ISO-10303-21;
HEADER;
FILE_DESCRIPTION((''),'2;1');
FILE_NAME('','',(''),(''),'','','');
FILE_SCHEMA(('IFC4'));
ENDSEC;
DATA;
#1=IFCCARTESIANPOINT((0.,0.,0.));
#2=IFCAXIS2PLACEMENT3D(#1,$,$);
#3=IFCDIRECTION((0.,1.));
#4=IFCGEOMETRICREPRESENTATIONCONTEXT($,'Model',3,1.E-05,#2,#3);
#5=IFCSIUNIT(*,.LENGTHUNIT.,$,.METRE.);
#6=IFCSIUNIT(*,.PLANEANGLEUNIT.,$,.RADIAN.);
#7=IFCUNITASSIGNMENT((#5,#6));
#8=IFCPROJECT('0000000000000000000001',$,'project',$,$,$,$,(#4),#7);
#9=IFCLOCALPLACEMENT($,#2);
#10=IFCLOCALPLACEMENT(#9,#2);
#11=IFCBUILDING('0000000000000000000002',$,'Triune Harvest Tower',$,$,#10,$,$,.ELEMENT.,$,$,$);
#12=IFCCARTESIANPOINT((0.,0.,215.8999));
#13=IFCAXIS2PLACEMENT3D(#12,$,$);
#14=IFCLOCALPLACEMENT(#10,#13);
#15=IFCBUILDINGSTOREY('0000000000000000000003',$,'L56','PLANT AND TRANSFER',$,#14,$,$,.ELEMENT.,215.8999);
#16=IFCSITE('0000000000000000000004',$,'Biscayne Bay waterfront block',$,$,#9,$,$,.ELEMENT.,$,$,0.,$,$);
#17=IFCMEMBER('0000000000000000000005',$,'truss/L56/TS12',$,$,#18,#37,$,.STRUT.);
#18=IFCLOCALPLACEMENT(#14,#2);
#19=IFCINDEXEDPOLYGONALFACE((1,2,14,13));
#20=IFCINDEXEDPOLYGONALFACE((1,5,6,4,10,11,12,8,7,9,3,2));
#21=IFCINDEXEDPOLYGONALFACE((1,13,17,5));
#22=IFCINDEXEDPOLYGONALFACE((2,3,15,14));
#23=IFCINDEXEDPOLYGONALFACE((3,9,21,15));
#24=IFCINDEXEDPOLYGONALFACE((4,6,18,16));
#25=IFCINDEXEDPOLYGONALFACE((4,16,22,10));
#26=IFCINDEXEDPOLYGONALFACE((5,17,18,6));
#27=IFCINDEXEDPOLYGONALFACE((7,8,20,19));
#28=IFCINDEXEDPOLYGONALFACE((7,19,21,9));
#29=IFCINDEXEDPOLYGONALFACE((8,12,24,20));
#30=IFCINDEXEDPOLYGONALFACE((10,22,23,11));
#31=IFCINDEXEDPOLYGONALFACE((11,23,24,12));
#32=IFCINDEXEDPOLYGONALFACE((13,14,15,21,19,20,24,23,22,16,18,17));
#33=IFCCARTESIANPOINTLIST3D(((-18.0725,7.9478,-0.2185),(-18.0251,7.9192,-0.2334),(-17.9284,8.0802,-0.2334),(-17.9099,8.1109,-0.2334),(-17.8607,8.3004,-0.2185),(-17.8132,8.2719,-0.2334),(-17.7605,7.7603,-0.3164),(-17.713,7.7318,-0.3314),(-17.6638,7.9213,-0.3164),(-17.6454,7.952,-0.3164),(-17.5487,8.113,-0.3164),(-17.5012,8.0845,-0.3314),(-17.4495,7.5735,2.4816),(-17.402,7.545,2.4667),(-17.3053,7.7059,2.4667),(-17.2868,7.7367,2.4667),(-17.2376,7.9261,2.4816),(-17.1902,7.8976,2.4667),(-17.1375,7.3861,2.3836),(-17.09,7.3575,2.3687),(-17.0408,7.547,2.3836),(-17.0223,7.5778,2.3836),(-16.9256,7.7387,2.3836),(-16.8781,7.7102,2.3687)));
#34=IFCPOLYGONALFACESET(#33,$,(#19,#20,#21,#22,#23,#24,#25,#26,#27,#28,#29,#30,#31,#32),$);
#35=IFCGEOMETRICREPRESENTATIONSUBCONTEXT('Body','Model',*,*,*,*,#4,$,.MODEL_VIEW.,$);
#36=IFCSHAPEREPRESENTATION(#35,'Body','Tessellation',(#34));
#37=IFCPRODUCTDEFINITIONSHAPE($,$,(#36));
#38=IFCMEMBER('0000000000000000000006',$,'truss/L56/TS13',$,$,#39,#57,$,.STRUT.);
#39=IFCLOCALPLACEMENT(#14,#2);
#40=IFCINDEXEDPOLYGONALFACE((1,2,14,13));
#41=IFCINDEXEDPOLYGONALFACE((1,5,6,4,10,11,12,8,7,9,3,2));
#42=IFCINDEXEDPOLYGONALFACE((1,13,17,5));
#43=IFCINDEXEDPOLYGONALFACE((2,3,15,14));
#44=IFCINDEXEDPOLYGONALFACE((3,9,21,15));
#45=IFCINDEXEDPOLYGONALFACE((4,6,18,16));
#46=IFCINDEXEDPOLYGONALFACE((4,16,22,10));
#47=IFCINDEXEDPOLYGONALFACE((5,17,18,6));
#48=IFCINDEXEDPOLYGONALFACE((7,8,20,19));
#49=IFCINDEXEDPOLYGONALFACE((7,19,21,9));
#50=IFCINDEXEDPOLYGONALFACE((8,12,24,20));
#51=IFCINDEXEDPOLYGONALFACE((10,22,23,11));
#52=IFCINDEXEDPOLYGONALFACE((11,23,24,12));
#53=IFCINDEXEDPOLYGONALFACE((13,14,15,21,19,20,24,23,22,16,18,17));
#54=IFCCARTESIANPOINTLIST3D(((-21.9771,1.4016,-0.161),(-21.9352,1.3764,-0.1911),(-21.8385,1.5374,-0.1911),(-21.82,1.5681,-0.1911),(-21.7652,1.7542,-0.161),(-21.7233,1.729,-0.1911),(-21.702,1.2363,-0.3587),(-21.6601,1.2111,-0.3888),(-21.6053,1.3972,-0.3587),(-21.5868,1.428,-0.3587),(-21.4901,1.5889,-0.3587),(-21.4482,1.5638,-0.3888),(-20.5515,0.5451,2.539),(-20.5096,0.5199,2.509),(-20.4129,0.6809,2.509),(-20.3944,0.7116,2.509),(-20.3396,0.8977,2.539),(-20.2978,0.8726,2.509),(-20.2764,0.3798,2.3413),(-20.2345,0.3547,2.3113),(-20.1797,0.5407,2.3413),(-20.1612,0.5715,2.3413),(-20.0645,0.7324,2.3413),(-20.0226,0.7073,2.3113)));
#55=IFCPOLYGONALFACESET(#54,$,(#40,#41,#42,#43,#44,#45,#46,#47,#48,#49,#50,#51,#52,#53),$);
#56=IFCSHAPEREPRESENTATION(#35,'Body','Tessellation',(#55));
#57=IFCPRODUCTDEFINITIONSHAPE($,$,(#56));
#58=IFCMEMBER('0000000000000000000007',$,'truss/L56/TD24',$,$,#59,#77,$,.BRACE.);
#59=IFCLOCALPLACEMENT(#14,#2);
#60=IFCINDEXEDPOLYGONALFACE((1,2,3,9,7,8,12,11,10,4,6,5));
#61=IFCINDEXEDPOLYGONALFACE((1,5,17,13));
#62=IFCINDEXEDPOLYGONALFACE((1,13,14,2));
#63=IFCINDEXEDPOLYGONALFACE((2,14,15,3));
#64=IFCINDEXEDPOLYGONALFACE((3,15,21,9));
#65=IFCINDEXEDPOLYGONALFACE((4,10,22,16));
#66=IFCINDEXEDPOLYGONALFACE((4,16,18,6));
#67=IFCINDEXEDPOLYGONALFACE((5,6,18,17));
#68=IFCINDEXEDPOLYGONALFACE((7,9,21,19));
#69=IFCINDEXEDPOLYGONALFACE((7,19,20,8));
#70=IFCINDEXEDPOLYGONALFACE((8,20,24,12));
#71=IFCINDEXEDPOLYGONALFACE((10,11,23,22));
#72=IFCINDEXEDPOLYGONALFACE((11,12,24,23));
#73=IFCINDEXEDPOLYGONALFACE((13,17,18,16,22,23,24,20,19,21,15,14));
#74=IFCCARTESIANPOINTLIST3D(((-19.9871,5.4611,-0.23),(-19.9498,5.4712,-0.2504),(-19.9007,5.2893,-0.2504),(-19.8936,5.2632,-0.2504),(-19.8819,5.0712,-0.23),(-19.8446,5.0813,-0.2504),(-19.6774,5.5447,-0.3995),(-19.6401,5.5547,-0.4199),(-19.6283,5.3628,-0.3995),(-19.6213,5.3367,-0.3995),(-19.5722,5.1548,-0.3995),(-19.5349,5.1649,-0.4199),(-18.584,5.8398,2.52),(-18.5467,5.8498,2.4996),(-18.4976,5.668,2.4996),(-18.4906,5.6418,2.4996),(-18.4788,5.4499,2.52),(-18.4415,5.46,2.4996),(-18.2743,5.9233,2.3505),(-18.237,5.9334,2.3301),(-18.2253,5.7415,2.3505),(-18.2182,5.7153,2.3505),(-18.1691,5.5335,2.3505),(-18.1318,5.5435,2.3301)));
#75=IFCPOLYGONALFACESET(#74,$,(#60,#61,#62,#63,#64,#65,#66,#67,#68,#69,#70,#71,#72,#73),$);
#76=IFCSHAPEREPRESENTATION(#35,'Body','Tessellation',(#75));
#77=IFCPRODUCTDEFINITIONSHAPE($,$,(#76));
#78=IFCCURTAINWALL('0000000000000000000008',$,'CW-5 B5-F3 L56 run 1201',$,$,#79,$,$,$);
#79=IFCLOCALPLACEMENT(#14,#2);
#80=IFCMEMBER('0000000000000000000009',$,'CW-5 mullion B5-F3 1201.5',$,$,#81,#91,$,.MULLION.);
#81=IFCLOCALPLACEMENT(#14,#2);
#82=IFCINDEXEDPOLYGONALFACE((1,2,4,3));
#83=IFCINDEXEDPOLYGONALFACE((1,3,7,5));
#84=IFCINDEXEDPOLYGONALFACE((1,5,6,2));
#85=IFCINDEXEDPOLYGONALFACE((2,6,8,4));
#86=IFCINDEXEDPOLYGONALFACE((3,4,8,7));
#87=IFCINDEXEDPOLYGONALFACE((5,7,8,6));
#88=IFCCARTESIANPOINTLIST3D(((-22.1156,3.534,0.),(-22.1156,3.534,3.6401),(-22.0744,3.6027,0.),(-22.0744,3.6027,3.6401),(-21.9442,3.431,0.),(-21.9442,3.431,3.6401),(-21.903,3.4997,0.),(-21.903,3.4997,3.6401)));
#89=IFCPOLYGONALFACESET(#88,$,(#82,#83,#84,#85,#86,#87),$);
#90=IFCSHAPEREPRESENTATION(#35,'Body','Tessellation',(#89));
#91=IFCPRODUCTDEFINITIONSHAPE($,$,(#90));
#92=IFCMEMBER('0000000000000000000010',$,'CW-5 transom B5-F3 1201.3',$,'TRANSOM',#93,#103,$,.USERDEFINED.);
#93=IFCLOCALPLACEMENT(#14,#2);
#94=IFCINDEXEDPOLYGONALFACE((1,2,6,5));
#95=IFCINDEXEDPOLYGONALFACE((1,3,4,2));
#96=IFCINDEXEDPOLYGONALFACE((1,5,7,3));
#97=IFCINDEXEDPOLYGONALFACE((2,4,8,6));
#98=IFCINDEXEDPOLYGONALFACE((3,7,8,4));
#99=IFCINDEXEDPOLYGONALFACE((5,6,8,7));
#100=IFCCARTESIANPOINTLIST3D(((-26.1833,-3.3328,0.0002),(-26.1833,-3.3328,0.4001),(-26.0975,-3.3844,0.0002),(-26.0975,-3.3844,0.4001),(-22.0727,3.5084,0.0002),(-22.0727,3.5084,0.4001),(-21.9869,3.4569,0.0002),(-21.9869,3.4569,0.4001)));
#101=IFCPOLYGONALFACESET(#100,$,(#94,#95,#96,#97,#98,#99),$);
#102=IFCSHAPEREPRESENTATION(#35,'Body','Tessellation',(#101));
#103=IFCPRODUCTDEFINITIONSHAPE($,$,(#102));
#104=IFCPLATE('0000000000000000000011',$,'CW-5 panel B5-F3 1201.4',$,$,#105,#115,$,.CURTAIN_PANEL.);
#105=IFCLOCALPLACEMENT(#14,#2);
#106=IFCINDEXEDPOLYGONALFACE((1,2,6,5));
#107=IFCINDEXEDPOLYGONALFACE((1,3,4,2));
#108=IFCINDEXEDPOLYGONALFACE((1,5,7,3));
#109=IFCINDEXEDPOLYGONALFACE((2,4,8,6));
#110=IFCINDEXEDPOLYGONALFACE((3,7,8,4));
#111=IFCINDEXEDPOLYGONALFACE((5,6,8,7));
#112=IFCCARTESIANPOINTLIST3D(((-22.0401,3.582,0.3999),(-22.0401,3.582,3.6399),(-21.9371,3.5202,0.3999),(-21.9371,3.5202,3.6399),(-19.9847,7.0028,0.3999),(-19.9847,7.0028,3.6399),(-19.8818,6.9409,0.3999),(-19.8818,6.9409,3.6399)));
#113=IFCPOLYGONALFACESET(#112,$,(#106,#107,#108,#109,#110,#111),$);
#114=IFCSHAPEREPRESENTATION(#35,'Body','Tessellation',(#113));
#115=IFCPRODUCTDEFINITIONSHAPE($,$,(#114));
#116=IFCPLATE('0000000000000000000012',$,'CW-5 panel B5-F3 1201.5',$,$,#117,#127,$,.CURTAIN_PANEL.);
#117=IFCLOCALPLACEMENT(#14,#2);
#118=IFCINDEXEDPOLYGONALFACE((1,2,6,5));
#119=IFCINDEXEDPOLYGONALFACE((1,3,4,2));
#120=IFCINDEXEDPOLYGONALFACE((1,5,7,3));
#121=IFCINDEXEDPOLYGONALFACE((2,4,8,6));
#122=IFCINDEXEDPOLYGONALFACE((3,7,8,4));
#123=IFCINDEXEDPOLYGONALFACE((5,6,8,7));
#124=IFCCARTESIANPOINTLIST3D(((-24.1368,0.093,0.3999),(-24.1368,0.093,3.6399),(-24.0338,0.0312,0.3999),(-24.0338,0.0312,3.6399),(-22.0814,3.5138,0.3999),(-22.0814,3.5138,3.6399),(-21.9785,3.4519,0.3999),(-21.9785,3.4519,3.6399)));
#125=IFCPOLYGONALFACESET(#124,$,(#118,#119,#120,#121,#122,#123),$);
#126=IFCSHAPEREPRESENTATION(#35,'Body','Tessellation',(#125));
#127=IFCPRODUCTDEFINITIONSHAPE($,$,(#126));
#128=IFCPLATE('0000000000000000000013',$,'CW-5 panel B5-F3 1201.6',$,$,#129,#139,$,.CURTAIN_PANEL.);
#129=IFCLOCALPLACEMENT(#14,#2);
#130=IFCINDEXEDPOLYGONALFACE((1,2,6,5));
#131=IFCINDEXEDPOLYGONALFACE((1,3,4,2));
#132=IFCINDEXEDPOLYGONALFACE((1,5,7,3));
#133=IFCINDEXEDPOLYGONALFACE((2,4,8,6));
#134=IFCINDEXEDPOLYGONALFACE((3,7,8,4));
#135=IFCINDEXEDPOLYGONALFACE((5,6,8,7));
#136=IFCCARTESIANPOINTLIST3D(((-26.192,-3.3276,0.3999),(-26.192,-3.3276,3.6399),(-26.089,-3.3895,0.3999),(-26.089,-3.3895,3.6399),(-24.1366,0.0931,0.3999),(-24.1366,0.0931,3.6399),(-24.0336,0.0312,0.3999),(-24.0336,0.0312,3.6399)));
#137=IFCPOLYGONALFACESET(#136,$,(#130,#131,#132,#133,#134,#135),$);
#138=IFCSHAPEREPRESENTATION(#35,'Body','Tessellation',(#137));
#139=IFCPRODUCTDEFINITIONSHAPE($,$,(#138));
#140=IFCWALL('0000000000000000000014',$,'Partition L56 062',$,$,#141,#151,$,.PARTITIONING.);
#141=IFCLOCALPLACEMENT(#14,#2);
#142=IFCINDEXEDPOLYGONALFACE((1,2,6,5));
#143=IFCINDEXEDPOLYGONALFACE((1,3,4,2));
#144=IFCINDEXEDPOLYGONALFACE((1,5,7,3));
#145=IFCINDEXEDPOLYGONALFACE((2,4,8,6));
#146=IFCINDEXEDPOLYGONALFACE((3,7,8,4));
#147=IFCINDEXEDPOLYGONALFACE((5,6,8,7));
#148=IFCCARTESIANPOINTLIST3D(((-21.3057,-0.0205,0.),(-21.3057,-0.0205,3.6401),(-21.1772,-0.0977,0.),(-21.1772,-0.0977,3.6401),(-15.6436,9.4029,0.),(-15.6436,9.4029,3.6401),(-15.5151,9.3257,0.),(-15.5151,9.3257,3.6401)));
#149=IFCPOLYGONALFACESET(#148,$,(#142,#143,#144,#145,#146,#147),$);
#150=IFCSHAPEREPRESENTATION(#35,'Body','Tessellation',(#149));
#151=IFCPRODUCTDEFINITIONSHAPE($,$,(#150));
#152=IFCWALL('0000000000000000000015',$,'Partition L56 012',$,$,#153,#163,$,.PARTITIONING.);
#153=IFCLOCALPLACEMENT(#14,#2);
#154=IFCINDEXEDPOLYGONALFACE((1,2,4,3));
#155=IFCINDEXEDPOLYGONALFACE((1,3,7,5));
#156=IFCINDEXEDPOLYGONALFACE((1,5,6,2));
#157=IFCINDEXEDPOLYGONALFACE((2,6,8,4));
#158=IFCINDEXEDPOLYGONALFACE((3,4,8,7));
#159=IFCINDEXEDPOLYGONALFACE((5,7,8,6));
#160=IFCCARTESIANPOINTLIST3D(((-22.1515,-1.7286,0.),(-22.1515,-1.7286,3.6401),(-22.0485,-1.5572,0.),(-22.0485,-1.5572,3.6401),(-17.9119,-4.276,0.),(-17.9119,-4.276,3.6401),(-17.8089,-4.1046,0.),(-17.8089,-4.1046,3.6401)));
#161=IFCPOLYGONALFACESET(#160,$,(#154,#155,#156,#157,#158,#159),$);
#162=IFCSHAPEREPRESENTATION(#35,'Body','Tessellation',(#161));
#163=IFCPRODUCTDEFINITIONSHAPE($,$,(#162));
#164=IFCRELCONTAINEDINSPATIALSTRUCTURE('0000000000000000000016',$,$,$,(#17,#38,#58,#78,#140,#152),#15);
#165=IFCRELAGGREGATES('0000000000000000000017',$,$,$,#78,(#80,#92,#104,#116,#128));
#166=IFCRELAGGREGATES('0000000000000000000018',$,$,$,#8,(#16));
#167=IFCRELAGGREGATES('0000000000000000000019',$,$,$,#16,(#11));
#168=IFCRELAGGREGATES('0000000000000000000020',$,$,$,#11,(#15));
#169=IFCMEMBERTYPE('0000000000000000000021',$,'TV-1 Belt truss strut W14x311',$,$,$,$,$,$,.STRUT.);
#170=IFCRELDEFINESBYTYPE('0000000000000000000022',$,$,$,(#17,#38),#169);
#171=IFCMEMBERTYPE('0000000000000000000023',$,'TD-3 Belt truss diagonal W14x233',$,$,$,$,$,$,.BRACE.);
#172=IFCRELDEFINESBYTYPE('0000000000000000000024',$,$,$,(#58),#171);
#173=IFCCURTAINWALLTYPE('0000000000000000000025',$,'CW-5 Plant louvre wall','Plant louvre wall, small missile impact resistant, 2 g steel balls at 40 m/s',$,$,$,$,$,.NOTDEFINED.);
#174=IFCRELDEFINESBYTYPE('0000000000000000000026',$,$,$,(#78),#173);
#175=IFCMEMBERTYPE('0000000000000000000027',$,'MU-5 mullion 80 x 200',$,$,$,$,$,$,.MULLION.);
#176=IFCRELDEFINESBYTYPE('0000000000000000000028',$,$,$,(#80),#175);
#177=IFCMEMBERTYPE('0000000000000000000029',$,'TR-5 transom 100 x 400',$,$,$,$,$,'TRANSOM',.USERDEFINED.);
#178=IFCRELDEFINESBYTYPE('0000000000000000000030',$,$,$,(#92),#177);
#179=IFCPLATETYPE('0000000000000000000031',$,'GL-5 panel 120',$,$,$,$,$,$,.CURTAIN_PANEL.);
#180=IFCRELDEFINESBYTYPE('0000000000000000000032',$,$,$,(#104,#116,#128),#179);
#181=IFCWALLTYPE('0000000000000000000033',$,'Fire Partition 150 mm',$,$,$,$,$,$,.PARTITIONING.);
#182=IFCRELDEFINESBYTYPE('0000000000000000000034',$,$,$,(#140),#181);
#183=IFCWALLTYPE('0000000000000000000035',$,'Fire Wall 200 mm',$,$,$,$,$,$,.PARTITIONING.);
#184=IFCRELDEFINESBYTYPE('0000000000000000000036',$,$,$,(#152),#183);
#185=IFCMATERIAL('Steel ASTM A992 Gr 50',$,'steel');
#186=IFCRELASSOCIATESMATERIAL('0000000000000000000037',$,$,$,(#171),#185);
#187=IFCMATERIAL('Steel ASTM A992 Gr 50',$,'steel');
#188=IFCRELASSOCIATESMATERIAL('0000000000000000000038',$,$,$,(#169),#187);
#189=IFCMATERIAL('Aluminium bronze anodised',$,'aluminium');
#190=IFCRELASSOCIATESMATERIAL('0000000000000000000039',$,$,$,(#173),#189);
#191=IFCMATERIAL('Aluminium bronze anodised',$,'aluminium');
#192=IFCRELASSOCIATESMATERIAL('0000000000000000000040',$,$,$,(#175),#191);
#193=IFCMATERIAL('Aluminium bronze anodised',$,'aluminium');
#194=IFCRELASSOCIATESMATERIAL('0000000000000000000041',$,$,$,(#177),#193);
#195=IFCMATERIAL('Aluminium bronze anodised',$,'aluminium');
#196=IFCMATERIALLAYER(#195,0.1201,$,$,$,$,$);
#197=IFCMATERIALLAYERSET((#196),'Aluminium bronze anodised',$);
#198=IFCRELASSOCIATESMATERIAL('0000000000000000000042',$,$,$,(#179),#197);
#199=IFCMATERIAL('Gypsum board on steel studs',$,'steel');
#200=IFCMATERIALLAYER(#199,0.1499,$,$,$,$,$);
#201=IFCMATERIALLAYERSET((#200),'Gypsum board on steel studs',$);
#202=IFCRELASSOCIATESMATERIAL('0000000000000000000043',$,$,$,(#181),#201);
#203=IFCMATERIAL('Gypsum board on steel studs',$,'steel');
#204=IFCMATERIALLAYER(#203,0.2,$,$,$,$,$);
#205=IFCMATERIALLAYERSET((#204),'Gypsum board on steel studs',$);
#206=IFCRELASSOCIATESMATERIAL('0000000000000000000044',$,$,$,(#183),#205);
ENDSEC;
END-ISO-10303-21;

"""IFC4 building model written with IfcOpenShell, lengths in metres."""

from ifc_helpers import new_model, si_unit, direction, frame, frame_2d, origin, origin_2d, place, context, subcontext, project, spatial, rectangle, i_section, extrude, source, transform, mapped, material, layer, layer_set, material_profile, profile_set, type_object, element, aggregate, save


model = new_model("IFC4")

# Units and contexts
model_context = context("Model", 3, precision=1e-05, world=origin(), true_north=direction((0.0, 1.0)))
body_context = subcontext(model_context, "Body", "Model", "MODEL_VIEW")
ifc_project = project(units=[si_unit("LENGTHUNIT", "METRE"), si_unit("PLANEANGLEUNIT", "RADIAN")], contexts=[model_context])

# Site, building, storey
site_placement = place(None, origin())
site = spatial("IfcSite", under=ifc_project, at=site_placement, Name="Biscayne Bay waterfront block", CompositionType="ELEMENT", RefElevation=0.0)
building_placement = place(site_placement, origin())
building = spatial("IfcBuilding", under=site, at=building_placement, Name="Triune Harvest Tower", CompositionType="ELEMENT")
storey_placement = place(building_placement, frame((0.0, 0.0, 215.8999)))
storey = spatial("IfcBuildingStorey", under=building, at=storey_placement, Name="L56", Description="PLANT AND TRANSFER", CompositionType="ELEMENT", Elevation=215.8999)

# Shared definitions
ifc_material_1 = material(Name="Steel ASTM A992 Gr 50", Category="steel")
ifc_material_profile_1 = material_profile(ifc_material_1, i_section(OverallWidth=0.4038, OverallDepth=0.4065, WebThickness=0.0271, FlangeThickness=0.0437, at=origin_2d()), Name="W14x233")
ifc_profile_set_1 = profile_set([ifc_material_profile_1], Name="Steel ASTM A992 Gr 50")
member_type_1 = type_object("IfcMemberType", Name="TD-3 Belt truss diagonal W14x233", PredefinedType="BRACE", material=ifc_profile_set_1)

# Members
ifc_material_2 = material(Name="Steel ASTM A992 Gr 50", Category="steel")
ifc_material_profile_2 = material_profile(ifc_material_2, i_section(OverallWidth=0.4114, OverallDepth=0.4343, WebThickness=0.0359, FlangeThickness=0.0574, at=origin_2d()), Name="W14x311")
ifc_profile_set_2 = profile_set([ifc_material_profile_2], Name="Steel ASTM A992 Gr 50")
member_type_2 = type_object("IfcMemberType", Name="TV-1 Belt truss strut W14x311", PredefinedType="STRUT", material=ifc_profile_set_2)
shared_shape_1 = source(origin(), body_context, "Body", "SweptSolid", [
    extrude(i_section(OverallWidth=0.4114, OverallDepth=0.4343, WebThickness=0.0359, FlangeThickness=0.0574, at=origin_2d()), origin(), (0.0, 0.0, 1.0), 2.7961),
])
member_1_placement = place(storey_placement, frame((-17.7869, 8.0161, -0.2749), z_axis=(0.22283, -0.133855, 0.965624), x_axis=(0.51494, 0.857226, 0.0)))
element("IfcMember", 1, at=member_1_placement, inside=storey, type_object=member_type_2, Name="truss/L56/TS12", PredefinedType="STRUT", context=body_context, shape_type="MappedRepresentation", body=[
    mapped(shared_shape_1, transform((0.0, 0.0, 0.0), scale=1.0)),
])
shared_shape_2 = source(origin(), body_context, "Body", "SweptSolid", [
    extrude(i_section(OverallWidth=0.4114, OverallDepth=0.4343, WebThickness=0.0359, FlangeThickness=0.0574, at=origin_2d()), origin(), (0.0, 0.0, 1.0), 3.1711),
])
member_2_placement = place(storey_placement, frame((-21.7126, 1.4827, -0.2749), z_axis=(0.449551, -0.270085, 0.851445), x_axis=(0.514992, 0.857195, 0.0)))
element("IfcMember", 2, at=member_2_placement, inside=storey, type_object=member_type_2, Name="truss/L56/TS13", PredefinedType="STRUT", context=body_context, shape_type="MappedRepresentation", body=[
    mapped(shared_shape_2, transform((0.0, 0.0, 0.0), scale=1.0)),
])
shared_shape_3 = source(origin(), body_context, "Body", "SweptSolid", [
    extrude(i_section(OverallWidth=0.4038, OverallDepth=0.4065, WebThickness=0.0271, FlangeThickness=0.0437, at=origin_2d()), origin(), (0.0, 0.0, 1.0), 3.1104),
])
member_3_placement = place(storey_placement, frame((-19.761, 5.313, -0.325), z_axis=(0.451094, 0.121741, 0.884134), x_axis=(-0.260558, 0.965458, 0.0)))
element("IfcMember", 3, at=member_3_placement, inside=storey, type_object=member_type_1, Name="truss/L56/TD24", PredefinedType="BRACE", context=body_context, shape_type="MappedRepresentation", body=[
    mapped(shared_shape_3, transform((0.0, 0.0, 0.0), scale=1.0)),
])

# Curtain wall, members, plates
ifc_material_3 = material(Name="Aluminium bronze anodised", Category="aluminium")
curtain_wall_type = type_object("IfcCurtainWallType", Name="CW-5 Plant louvre wall", Description="Plant louvre wall, small missile impact resistant, 2 g steel balls at 40 m/s", PredefinedType="NOTDEFINED", material=ifc_material_3)
curtain_wall_placement = place(storey_placement, origin())
curtain_wall = element("IfcCurtainWall", 4, at=curtain_wall_placement, inside=storey, type_object=curtain_wall_type, Name="CW-5 B5-F3 L56 run 1201")
ifc_material_4 = material(Name="Aluminium bronze anodised", Category="aluminium")
ifc_material_profile_3 = material_profile(ifc_material_4, rectangle(XDim=0.2, YDim=0.0801, at=origin_2d()), Name="MU-5 mullion 80 x 200")
ifc_profile_set_3 = profile_set([ifc_material_profile_3], Name="Aluminium bronze anodised")
member_type_3 = type_object("IfcMemberType", Name="MU-5 mullion 80 x 200", PredefinedType="MULLION", material=ifc_profile_set_3)
shared_shape_4 = source(origin(), body_context, "Body", "SweptSolid", [
    extrude(rectangle(XDim=0.2, YDim=0.0801, at=origin_2d()), origin(), (0.0, 0.0, 1.0), 3.6401),
])
member_4_placement = place(storey_placement, frame((-22.0093, 3.5168, 0.0), z_axis=(0.0, 0.0, 1.0), x_axis=(0.85717, -0.515034, 0.0)))
member_4 = element("IfcMember", 5, at=member_4_placement, type_object=member_type_3, Name="CW-5 mullion B5-F3 1201.5", PredefinedType="MULLION", context=body_context, shape_type="MappedRepresentation", body=[
    mapped(shared_shape_4, transform((0.0, 0.0, 0.0), scale=1.0)),
])
ifc_material_5 = material(Name="Aluminium bronze anodised", Category="aluminium")
ifc_material_profile_4 = material_profile(ifc_material_5, rectangle(XDim=0.1001, YDim=0.3999, at=origin_2d()), Name="TR-5 transom 100 x 400")
ifc_profile_set_4 = profile_set([ifc_material_profile_4], Name="Aluminium bronze anodised")
member_type_4 = type_object("IfcMemberType", Name="TR-5 transom 100 x 400", ElementType="TRANSOM", PredefinedType="USERDEFINED", material=ifc_profile_set_4)
shared_shape_5 = source(origin(), body_context, "Body", "SweptSolid", [
    extrude(rectangle(XDim=0.1001, YDim=0.3999, at=origin_2d()), origin(), (0.0, 0.0, 1.0), 7.9812),
])
member_5_placement = place(storey_placement, frame((-22.0298, 3.4827, 0.2002), z_axis=(-0.515031, -0.857172, 0.0), x_axis=(0.857172, -0.515031, 0.0)))
member_5 = element("IfcMember", 6, at=member_5_placement, type_object=member_type_4, Name="CW-5 transom B5-F3 1201.3", ObjectType="TRANSOM", PredefinedType="USERDEFINED", context=body_context, shape_type="MappedRepresentation", body=[
    mapped(shared_shape_5, transform((0.0, 0.0, 0.0), scale=1.0)),
])
ifc_material_6 = material(Name="Aluminium bronze anodised", Category="aluminium")
ifc_layer_1 = layer(ifc_material_6, 0.1201)
ifc_layer_set_1 = layer_set([ifc_layer_1], Name="Aluminium bronze anodised")
plate_type = type_object("IfcPlateType", Name="GL-5 panel 120", PredefinedType="CURTAIN_PANEL", material=ifc_layer_set_1)
shared_shape_6 = source(origin(), body_context, "Body", "SweptSolid", [
    extrude(rectangle(XDim=3.9907, YDim=0.1201, at=origin_2d()), origin(), (0.0, 0.0, 1.0), 3.24),
])
plate_1_placement = place(storey_placement, frame((-20.9609, 5.2615, 0.3999), z_axis=(0.0, 0.0, 1.0), x_axis=(-0.515034, -0.85717, 0.0)))
plate_1 = element("IfcPlate", 7, at=plate_1_placement, type_object=plate_type, Name="CW-5 panel B5-F3 1201.4", PredefinedType="CURTAIN_PANEL", context=body_context, shape_type="MappedRepresentation", body=[
    mapped(shared_shape_6, transform((0.0, 0.0, 0.0), scale=1.0)),
])
plate_2_placement = place(storey_placement, frame((-23.0576, 1.7725, 0.3999), z_axis=(0.0, 0.0, 1.0), x_axis=(-0.515034, -0.85717, 0.0)))
plate_2 = element("IfcPlate", 8, at=plate_2_placement, type_object=plate_type, Name="CW-5 panel B5-F3 1201.5", PredefinedType="CURTAIN_PANEL", context=body_context, shape_type="MappedRepresentation", body=[
    mapped(shared_shape_6, transform((0.0, 0.0, 0.0), scale=1.0)),
])
plate_3_placement = place(storey_placement, frame((-25.1128, -1.6482, 0.3999), z_axis=(0.0, 0.0, 1.0), x_axis=(-0.515034, -0.85717, 0.0)))
plate_3 = element("IfcPlate", 9, at=plate_3_placement, type_object=plate_type, Name="CW-5 panel B5-F3 1201.6", PredefinedType="CURTAIN_PANEL", context=body_context, shape_type="MappedRepresentation", body=[
    mapped(shared_shape_6, transform((0.0, 0.0, 0.0), scale=1.0)),
])
aggregate(curtain_wall, [member_4, member_5, plate_1, plate_2, plate_3])

# Walls
ifc_material_7 = material(Name="Gypsum board on steel studs", Category="steel")
ifc_layer_2 = layer(ifc_material_7, 0.1499)
ifc_layer_set_2 = layer_set([ifc_layer_2], Name="Gypsum board on steel studs")
wall_type_1 = type_object("IfcWallType", Name="Fire Partition 150 mm", PredefinedType="PARTITIONING", material=ifc_layer_set_2)
wall_1_placement = place(storey_placement, frame((-21.2415, -0.0591, 0.0), z_axis=(0.0, 0.0, 1.0), x_axis=(0.515038, 0.857167, 0.0)))
element("IfcWall", 10, at=wall_1_placement, inside=storey, type_object=wall_type_1, Name="Partition L56 062", PredefinedType="PARTITIONING", context=body_context, shape_type="SweptSolid", body=[
    extrude(rectangle(XDim=10.9937, YDim=0.1499, at=frame_2d((5.4968, 0.0))), origin(), (0.0, 0.0, 1.0), 3.6401),
])
ifc_material_8 = material(Name="Gypsum board on steel studs", Category="steel")
ifc_layer_3 = layer(ifc_material_8, 0.2)
ifc_layer_set_3 = layer_set([ifc_layer_3], Name="Gypsum board on steel studs")
wall_type_2 = type_object("IfcWallType", Name="Fire Wall 200 mm", PredefinedType="PARTITIONING", material=ifc_layer_set_3)
wall_2_placement = place(storey_placement, frame((-22.1001, -1.6428, 0.0), z_axis=(0.0, 0.0, 1.0), x_axis=(0.857166, -0.51504, 0.0)))
element("IfcWall", 11, at=wall_2_placement, inside=storey, type_object=wall_type_2, Name="Partition L56 012", PredefinedType="PARTITIONING", context=body_context, shape_type="SweptSolid", body=[
    extrude(rectangle(XDim=4.946, YDim=0.2, at=frame_2d((2.4731, 0.0))), origin(), (0.0, 0.0, 1.0), 3.6401),
])

save(model, "model.ifc")
